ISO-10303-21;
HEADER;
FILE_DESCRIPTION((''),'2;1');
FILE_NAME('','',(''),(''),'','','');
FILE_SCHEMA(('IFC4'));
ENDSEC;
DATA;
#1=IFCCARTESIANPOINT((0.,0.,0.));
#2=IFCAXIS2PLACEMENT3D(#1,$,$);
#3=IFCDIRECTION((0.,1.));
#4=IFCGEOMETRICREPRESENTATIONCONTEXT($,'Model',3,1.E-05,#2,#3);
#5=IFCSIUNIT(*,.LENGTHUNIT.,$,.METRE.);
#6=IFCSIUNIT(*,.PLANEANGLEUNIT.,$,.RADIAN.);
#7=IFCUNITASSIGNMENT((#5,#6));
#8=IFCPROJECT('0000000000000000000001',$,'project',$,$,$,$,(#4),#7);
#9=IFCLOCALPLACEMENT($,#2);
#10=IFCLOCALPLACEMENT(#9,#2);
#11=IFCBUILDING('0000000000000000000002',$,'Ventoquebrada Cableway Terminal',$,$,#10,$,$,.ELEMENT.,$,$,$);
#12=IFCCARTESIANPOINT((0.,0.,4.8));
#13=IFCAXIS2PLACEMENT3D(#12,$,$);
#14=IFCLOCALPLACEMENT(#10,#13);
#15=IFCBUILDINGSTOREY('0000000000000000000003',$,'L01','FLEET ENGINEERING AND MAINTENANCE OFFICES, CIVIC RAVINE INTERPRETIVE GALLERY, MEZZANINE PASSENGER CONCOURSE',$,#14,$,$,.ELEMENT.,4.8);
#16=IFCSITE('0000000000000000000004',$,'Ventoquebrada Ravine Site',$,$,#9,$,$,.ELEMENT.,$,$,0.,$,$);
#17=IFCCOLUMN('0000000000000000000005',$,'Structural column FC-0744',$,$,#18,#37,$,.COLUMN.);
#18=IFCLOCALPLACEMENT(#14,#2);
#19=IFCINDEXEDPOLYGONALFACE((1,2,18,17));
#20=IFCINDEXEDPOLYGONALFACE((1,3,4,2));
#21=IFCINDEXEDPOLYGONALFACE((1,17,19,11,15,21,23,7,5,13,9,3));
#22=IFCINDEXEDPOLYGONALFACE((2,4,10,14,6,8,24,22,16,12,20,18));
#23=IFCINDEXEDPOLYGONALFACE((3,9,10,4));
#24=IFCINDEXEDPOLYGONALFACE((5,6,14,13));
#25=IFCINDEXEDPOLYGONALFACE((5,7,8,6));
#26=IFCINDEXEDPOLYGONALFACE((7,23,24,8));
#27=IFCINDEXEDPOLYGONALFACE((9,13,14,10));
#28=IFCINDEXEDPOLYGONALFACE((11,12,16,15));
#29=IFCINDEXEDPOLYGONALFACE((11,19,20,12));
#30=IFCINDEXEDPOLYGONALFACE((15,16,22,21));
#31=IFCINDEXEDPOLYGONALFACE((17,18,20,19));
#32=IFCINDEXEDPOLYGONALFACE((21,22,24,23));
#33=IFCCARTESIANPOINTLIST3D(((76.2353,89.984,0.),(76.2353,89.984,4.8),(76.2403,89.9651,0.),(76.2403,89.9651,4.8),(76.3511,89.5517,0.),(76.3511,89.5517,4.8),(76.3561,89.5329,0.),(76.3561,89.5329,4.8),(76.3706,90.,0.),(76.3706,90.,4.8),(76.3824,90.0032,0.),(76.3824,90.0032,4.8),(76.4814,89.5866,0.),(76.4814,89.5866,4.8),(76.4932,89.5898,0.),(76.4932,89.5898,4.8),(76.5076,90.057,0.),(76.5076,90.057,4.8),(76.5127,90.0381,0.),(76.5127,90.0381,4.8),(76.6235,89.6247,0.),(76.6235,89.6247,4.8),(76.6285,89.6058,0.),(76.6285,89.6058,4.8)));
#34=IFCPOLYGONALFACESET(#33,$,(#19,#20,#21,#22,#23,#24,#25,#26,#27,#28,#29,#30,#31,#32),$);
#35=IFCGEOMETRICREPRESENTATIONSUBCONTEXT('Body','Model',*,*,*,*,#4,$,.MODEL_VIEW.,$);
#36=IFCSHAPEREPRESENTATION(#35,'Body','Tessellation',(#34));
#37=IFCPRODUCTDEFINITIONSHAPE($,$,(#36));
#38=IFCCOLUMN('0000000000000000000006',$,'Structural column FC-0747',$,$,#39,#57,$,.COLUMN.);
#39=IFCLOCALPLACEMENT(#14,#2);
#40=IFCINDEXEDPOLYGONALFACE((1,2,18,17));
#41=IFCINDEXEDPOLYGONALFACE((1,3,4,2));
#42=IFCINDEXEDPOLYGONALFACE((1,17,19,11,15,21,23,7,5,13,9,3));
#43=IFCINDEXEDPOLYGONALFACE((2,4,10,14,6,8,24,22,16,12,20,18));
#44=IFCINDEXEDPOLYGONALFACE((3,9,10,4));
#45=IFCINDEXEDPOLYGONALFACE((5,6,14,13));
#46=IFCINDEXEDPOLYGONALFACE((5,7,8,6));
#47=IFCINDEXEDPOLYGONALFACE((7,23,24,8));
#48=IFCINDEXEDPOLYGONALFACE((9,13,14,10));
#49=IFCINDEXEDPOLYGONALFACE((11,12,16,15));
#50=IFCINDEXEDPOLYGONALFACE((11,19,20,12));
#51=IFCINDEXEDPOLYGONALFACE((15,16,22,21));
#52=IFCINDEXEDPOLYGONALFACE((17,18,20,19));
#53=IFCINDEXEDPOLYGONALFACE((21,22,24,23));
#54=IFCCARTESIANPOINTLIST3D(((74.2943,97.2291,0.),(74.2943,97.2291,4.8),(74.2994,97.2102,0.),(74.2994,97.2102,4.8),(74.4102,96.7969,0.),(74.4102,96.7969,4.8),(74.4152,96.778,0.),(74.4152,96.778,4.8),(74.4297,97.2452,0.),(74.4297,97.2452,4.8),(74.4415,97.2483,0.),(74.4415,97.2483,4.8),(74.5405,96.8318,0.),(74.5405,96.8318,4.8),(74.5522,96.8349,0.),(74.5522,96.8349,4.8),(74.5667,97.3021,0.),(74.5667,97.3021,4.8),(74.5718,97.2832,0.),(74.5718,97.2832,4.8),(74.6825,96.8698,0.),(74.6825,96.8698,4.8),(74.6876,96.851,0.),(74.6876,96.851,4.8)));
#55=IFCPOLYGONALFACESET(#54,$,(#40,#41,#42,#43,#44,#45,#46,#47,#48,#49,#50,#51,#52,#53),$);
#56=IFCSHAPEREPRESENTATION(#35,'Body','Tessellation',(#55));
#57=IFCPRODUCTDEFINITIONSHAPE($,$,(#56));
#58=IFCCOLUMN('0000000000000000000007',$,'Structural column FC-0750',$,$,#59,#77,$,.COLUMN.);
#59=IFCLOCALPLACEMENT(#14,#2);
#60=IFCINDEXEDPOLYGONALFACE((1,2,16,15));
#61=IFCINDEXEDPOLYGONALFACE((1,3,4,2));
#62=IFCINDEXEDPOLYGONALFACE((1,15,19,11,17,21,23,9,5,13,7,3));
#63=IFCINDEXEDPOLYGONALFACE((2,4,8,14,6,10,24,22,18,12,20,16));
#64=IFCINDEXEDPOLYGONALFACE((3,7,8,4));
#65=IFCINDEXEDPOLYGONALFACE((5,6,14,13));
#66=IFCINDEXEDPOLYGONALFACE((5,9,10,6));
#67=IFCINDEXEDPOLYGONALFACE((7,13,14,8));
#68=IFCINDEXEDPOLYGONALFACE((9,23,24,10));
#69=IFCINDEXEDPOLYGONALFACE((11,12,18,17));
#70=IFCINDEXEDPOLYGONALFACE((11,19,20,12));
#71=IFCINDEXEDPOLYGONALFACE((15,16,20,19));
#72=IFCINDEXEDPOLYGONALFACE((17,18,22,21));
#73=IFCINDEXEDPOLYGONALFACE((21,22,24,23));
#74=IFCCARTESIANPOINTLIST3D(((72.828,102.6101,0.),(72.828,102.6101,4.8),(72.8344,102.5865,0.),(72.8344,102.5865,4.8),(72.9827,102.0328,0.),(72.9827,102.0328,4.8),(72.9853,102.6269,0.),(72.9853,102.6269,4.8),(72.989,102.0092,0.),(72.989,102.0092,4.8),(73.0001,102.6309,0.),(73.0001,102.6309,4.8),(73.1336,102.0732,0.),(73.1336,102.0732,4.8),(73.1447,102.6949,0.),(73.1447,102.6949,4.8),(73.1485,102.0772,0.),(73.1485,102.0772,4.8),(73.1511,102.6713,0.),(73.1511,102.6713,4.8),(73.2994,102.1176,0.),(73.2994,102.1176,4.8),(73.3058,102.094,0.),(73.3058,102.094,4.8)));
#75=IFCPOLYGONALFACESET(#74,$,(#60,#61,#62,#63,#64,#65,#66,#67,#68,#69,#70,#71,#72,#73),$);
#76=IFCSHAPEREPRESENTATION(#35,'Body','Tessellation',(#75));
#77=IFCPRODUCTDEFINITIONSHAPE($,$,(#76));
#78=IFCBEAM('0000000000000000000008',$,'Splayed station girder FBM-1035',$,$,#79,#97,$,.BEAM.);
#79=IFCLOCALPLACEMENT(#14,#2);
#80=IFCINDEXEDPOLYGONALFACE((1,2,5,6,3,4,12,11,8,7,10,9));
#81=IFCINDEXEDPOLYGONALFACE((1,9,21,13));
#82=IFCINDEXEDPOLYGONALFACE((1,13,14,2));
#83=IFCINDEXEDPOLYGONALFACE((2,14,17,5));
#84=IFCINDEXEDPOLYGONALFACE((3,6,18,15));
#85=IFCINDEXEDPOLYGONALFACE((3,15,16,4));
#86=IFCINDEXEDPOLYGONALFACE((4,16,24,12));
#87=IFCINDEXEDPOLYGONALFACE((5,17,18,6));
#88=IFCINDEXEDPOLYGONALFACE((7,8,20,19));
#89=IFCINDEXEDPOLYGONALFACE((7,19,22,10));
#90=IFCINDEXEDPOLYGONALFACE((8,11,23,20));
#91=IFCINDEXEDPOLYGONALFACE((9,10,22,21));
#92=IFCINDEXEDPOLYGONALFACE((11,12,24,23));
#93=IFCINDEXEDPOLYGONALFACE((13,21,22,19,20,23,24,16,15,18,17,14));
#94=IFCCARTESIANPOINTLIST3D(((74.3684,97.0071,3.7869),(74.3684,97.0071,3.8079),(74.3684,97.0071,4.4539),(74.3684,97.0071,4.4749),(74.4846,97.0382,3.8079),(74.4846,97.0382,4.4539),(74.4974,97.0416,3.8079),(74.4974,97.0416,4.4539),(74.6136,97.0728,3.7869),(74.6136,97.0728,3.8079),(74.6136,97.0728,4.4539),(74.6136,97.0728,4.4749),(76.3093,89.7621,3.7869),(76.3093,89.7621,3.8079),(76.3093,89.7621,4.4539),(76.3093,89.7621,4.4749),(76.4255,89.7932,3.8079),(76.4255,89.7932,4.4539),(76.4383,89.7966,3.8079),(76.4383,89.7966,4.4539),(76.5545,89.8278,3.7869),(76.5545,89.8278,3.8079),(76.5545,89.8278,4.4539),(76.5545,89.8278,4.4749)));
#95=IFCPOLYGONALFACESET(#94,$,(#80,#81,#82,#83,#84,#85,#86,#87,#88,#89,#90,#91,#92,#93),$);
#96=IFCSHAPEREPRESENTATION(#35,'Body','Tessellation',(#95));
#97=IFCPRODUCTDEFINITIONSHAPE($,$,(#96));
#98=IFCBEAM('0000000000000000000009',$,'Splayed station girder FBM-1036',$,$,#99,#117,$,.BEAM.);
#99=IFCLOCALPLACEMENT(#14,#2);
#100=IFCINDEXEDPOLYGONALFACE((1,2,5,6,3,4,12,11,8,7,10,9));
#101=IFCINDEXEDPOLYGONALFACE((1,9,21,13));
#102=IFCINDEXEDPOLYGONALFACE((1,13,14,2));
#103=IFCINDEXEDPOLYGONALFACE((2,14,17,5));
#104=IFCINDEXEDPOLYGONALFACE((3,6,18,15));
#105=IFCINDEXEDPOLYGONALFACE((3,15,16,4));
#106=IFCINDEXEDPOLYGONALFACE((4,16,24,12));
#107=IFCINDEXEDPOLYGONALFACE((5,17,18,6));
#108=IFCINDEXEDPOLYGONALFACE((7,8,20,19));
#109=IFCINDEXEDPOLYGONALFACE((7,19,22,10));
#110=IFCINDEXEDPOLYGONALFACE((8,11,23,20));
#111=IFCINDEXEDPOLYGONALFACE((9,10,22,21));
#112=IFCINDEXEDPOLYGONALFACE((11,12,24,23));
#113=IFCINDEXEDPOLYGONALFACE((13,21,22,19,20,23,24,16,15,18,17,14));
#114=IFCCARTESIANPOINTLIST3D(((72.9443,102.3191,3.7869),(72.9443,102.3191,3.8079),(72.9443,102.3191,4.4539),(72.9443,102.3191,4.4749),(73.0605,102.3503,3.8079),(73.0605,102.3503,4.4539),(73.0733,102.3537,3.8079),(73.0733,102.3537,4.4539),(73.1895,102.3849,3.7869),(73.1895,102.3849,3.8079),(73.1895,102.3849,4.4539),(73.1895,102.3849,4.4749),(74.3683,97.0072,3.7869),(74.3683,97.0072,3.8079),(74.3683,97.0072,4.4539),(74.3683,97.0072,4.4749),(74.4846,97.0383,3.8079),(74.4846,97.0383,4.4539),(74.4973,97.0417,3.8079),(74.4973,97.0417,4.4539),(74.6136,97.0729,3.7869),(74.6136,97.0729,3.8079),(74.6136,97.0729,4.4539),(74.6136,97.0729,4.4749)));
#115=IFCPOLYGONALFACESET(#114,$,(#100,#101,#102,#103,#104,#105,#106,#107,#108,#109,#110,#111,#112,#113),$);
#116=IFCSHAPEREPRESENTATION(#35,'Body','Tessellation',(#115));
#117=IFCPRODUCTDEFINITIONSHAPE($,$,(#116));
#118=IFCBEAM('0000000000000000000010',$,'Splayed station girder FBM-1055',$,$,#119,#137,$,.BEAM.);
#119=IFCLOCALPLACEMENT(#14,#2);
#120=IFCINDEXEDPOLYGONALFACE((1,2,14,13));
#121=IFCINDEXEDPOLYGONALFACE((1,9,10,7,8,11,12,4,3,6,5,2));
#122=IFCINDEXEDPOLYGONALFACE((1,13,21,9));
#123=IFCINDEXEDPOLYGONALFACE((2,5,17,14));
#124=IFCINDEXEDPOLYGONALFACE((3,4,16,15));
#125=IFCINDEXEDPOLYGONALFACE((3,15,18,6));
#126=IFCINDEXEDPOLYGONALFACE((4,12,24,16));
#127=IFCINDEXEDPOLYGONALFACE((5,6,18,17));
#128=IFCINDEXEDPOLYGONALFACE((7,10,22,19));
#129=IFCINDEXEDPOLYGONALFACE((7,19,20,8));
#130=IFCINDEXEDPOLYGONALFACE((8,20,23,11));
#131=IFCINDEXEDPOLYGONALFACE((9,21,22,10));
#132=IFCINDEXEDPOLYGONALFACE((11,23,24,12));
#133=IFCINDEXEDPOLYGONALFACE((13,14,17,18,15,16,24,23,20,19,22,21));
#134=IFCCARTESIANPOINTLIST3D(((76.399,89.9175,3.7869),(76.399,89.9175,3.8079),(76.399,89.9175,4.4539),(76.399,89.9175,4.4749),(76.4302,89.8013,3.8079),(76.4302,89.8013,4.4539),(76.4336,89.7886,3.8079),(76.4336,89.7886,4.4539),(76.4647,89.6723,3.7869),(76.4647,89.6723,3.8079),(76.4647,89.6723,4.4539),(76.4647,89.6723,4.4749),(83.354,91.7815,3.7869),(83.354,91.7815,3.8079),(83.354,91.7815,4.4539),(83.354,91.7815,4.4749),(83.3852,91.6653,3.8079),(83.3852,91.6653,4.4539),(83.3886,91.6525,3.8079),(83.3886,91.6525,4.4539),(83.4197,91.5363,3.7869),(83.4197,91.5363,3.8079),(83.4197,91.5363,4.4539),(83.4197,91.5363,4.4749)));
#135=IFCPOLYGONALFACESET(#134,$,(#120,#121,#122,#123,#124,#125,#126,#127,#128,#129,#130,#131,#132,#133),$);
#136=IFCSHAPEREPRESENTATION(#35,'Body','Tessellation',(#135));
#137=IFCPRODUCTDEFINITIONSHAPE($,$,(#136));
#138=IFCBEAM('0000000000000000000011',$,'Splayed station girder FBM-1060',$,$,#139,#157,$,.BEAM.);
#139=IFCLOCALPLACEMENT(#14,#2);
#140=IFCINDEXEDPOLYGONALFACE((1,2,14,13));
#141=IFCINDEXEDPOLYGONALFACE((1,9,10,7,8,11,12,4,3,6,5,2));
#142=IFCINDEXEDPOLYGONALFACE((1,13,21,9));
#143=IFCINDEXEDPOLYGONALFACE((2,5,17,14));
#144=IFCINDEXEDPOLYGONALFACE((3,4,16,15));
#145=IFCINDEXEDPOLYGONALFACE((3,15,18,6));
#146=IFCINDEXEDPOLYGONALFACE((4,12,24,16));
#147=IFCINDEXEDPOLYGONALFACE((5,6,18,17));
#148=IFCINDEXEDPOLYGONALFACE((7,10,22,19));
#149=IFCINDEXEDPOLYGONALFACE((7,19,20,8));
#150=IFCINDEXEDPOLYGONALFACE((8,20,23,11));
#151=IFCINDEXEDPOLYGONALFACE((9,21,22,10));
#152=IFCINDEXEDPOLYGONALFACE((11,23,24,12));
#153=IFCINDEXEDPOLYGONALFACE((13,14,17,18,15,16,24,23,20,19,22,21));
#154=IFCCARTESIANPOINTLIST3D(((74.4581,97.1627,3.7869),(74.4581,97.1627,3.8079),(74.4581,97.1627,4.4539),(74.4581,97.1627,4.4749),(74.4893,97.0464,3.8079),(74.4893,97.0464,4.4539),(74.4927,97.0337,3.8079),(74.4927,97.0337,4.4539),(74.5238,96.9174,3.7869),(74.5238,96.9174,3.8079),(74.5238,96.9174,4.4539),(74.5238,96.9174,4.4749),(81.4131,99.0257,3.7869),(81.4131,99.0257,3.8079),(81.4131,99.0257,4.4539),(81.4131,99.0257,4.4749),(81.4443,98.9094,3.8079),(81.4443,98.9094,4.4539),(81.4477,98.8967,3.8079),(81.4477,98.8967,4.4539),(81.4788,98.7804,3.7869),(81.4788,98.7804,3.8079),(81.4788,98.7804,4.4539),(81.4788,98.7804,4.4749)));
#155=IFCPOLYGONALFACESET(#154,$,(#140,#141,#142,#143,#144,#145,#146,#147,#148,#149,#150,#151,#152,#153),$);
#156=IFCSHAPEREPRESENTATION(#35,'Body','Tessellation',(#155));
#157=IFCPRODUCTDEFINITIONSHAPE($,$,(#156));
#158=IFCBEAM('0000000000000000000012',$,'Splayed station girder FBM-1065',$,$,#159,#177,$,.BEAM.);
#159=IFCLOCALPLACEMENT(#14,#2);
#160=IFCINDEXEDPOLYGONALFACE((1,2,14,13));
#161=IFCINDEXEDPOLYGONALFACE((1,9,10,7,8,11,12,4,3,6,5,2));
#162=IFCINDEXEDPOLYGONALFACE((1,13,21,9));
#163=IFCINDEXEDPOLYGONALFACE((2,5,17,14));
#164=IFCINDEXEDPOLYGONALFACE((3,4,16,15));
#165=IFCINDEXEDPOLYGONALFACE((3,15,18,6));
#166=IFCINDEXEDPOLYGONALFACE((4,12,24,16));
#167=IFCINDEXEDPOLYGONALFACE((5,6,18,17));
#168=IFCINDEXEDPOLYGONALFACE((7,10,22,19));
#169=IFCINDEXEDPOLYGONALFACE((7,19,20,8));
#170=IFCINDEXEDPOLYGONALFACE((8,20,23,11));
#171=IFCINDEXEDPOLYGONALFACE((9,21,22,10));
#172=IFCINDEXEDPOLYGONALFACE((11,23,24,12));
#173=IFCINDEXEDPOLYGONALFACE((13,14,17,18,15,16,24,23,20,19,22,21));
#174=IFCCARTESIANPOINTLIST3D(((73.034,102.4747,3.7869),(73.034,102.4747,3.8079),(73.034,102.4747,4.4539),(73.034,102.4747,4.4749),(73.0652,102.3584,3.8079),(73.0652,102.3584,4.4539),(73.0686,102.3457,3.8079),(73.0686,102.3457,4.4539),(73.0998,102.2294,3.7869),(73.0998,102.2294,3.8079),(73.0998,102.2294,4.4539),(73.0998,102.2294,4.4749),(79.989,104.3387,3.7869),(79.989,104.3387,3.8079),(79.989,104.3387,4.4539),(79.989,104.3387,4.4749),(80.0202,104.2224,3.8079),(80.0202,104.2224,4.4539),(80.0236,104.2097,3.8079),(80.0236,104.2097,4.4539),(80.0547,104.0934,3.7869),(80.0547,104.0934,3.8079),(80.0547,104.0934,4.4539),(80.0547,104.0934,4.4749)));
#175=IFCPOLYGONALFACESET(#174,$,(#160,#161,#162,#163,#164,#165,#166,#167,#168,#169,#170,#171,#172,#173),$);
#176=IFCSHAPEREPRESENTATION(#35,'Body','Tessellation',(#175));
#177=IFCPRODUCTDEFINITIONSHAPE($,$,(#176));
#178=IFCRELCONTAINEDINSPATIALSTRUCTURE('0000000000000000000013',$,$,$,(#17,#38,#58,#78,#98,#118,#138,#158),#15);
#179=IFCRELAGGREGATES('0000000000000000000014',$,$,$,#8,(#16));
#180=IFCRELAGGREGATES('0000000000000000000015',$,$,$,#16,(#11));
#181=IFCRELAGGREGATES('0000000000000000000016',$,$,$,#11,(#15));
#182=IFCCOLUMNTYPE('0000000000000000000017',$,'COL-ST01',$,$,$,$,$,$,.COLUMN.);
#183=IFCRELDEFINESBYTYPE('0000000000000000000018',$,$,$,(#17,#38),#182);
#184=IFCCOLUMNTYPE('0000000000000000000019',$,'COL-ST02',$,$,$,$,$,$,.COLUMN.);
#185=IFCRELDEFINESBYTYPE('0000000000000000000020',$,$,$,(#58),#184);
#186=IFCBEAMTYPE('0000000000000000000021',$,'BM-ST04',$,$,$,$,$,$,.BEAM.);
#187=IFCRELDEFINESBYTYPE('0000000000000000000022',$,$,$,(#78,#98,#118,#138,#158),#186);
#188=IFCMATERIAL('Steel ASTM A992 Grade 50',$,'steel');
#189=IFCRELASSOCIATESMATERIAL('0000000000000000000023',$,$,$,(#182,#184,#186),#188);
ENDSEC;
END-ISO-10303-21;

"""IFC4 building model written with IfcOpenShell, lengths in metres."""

from ifc_helpers import new_model, si_unit, direction, frame, origin, origin_2d, place, context, subcontext, project, spatial, i_section, extrude, material, material_profile, profile_set, type_object, element, save


model = new_model("IFC4")

# Units and contexts
model_context = context("Model", 3, precision=1e-05, world=origin(), true_north=direction((0.0, 1.0)))
body_context = subcontext(model_context, "Body", "Model", "MODEL_VIEW")
ifc_project = project(units=[si_unit("LENGTHUNIT", "METRE"), si_unit("PLANEANGLEUNIT", "RADIAN")], contexts=[model_context])

# Site, building, storey
site_placement = place(None, origin())
site = spatial("IfcSite", under=ifc_project, at=site_placement, Name="Ventoquebrada Ravine Site", CompositionType="ELEMENT", RefElevation=0.0)
building_placement = place(site_placement, origin())
building = spatial("IfcBuilding", under=site, at=building_placement, Name="Ventoquebrada Cableway Terminal", CompositionType="ELEMENT")
storey_placement = place(building_placement, frame((0.0, 0.0, 4.8)))
storey = spatial("IfcBuildingStorey", under=building, at=storey_placement, Name="L01", Description="FLEET ENGINEERING AND MAINTENANCE OFFICES, CIVIC RAVINE INTERPRETIVE GALLERY, MEZZANINE PASSENGER CONCOURSE", CompositionType="ELEMENT", Elevation=4.8)

# Columns
ifc_material_1 = material(Name="Steel ASTM A992 Grade 50", Category="steel")
ifc_material_profile_1 = material_profile(ifc_material_1, i_section(OverallWidth=0.282, OverallDepth=0.467, WebThickness=0.0122, FlangeThickness=0.0195, at=origin_2d()), Name="W18X86")
ifc_profile_set_1 = profile_set([ifc_material_profile_1], Name="Steel ASTM A992 Grade 50")
column_type_1 = type_object("IfcColumnType", Name="COL-ST01", PredefinedType="COLUMN", material=ifc_profile_set_1)
for number, where, z_axis, x_axis, name in (
    (1, (76.4319, 89.7949, 0.0), (0.0, 0.0, 1.0), (0.965926, 0.258819, 0.0), "Structural column FC-0744"),
    (2, (74.491, 97.04, 0.0), (0.0, 0.0, 1.0), (0.965926, 0.258819, 0.0), "Structural column FC-0747"),
):
    element("IfcColumn", number, at=place(storey_placement, frame(where, z_axis=z_axis, x_axis=x_axis)), inside=storey, type_object=column_type_1, Name=name, PredefinedType="COLUMN", context=body_context, shape_type="SweptSolid", body=[
        extrude(i_section(OverallWidth=0.282, OverallDepth=0.467, WebThickness=0.0122, FlangeThickness=0.0195, at=origin_2d()), origin(), (0.0, 0.0, 1.0), 4.8),
    ])
ifc_material_profile_2 = material_profile(ifc_material_1, i_section(OverallWidth=0.3279, OverallDepth=0.6221, WebThickness=0.0154, FlangeThickness=0.0244, at=origin_2d()), Name="W24X131")
ifc_profile_set_2 = profile_set([ifc_material_profile_2], Name="Steel ASTM A992 Grade 50")
column_type_2 = type_object("IfcColumnType", Name="COL-ST02", PredefinedType="COLUMN", material=ifc_profile_set_2)
column_placement = place(storey_placement, frame((73.0669, 102.3521, 0.0), z_axis=(0.0, 0.0, 1.0), x_axis=(0.965926, 0.258819, 0.0)))
element("IfcColumn", 3, at=column_placement, inside=storey, type_object=column_type_2, Name="Structural column FC-0750", PredefinedType="COLUMN", context=body_context, shape_type="SweptSolid", body=[
    extrude(i_section(OverallWidth=0.3279, OverallDepth=0.6221, WebThickness=0.0154, FlangeThickness=0.0244, at=origin_2d()), origin(), (0.0, 0.0, 1.0), 4.8),
])

# Beams
ifc_material_profile_3 = material_profile(ifc_material_1, i_section(OverallWidth=0.2539, OverallDepth=0.688, WebThickness=0.0132, FlangeThickness=0.021, at=origin_2d()), Name="W27X102")
ifc_profile_set_3 = profile_set([ifc_material_profile_3], Name="Steel ASTM A992 Grade 50")
beam_type_1 = type_object("IfcBeamType", Name="BM-ST04", PredefinedType="BEAM", material=ifc_profile_set_3)
beam_1_placement = place(storey_placement, frame((76.4319, 89.7949, 4.1309), z_axis=(-0.258769, 0.965939, 0.0), x_axis=(-0.965939, -0.258769, 0.0)))
element("IfcBeam", 4, at=beam_1_placement, inside=storey, type_object=beam_type_1, Name="Splayed station girder FBM-1035", PredefinedType="BEAM", context=body_context, shape_type="SweptSolid", body=[
    extrude(i_section(OverallWidth=0.2539, OverallDepth=0.688, WebThickness=0.0132, FlangeThickness=0.021, at=origin_2d()), origin(), (0.0, 0.0, 1.0), 7.5005),
])
beam_2_placement = place(storey_placement, frame((74.491, 97.04, 4.1309), z_axis=(-0.258942, 0.965893, 0.0), x_axis=(-0.965893, -0.258942, 0.0)))
element("IfcBeam", 5, at=beam_2_placement, inside=storey, type_object=beam_type_1, Name="Splayed station girder FBM-1036", PredefinedType="BEAM", context=body_context, shape_type="SweptSolid", body=[
    extrude(i_section(OverallWidth=0.2539, OverallDepth=0.688, WebThickness=0.0132, FlangeThickness=0.021, at=origin_2d()), origin(), (0.0, 0.0, 1.0), 5.4995),
])
beam_3_placement = place(storey_placement, frame((76.4319, 89.7949, 4.1309), z_axis=(0.965912, 0.258872, 0.0), x_axis=(-0.258872, 0.965912, 0.0)))
element("IfcBeam", 6, at=beam_3_placement, inside=storey, type_object=beam_type_1, Name="Splayed station girder FBM-1055", PredefinedType="BEAM", context=body_context, shape_type="SweptSolid", body=[
    extrude(i_section(OverallWidth=0.2539, OverallDepth=0.688, WebThickness=0.0132, FlangeThickness=0.021, at=origin_2d()), origin(), (0.0, 0.0, 1.0), 7.2004),
])
beam_4_placement = place(storey_placement, frame((74.491, 97.04, 4.1309), z_axis=(0.965946, 0.258745, 0.0), x_axis=(-0.258745, 0.965946, 0.0)))
element("IfcBeam", 7, at=beam_4_placement, inside=storey, type_object=beam_type_1, Name="Splayed station girder FBM-1060", PredefinedType="BEAM", context=body_context, shape_type="SweptSolid", body=[
    extrude(i_section(OverallWidth=0.2539, OverallDepth=0.688, WebThickness=0.0132, FlangeThickness=0.021, at=origin_2d()), origin(), (0.0, 0.0, 1.0), 7.2002),
])
beam_5_placement = place(storey_placement, frame((73.0669, 102.3521, 4.1309), z_axis=(0.965912, 0.258872, 0.0), x_axis=(-0.258872, 0.965912, 0.0)))
element("IfcBeam", 8, at=beam_5_placement, inside=storey, type_object=beam_type_1, Name="Splayed station girder FBM-1065", PredefinedType="BEAM", context=body_context, shape_type="SweptSolid", body=[
    extrude(i_section(OverallWidth=0.2539, OverallDepth=0.688, WebThickness=0.0132, FlangeThickness=0.021, at=origin_2d()), origin(), (0.0, 0.0, 1.0), 7.2004),
])

save(model, "model.ifc")
